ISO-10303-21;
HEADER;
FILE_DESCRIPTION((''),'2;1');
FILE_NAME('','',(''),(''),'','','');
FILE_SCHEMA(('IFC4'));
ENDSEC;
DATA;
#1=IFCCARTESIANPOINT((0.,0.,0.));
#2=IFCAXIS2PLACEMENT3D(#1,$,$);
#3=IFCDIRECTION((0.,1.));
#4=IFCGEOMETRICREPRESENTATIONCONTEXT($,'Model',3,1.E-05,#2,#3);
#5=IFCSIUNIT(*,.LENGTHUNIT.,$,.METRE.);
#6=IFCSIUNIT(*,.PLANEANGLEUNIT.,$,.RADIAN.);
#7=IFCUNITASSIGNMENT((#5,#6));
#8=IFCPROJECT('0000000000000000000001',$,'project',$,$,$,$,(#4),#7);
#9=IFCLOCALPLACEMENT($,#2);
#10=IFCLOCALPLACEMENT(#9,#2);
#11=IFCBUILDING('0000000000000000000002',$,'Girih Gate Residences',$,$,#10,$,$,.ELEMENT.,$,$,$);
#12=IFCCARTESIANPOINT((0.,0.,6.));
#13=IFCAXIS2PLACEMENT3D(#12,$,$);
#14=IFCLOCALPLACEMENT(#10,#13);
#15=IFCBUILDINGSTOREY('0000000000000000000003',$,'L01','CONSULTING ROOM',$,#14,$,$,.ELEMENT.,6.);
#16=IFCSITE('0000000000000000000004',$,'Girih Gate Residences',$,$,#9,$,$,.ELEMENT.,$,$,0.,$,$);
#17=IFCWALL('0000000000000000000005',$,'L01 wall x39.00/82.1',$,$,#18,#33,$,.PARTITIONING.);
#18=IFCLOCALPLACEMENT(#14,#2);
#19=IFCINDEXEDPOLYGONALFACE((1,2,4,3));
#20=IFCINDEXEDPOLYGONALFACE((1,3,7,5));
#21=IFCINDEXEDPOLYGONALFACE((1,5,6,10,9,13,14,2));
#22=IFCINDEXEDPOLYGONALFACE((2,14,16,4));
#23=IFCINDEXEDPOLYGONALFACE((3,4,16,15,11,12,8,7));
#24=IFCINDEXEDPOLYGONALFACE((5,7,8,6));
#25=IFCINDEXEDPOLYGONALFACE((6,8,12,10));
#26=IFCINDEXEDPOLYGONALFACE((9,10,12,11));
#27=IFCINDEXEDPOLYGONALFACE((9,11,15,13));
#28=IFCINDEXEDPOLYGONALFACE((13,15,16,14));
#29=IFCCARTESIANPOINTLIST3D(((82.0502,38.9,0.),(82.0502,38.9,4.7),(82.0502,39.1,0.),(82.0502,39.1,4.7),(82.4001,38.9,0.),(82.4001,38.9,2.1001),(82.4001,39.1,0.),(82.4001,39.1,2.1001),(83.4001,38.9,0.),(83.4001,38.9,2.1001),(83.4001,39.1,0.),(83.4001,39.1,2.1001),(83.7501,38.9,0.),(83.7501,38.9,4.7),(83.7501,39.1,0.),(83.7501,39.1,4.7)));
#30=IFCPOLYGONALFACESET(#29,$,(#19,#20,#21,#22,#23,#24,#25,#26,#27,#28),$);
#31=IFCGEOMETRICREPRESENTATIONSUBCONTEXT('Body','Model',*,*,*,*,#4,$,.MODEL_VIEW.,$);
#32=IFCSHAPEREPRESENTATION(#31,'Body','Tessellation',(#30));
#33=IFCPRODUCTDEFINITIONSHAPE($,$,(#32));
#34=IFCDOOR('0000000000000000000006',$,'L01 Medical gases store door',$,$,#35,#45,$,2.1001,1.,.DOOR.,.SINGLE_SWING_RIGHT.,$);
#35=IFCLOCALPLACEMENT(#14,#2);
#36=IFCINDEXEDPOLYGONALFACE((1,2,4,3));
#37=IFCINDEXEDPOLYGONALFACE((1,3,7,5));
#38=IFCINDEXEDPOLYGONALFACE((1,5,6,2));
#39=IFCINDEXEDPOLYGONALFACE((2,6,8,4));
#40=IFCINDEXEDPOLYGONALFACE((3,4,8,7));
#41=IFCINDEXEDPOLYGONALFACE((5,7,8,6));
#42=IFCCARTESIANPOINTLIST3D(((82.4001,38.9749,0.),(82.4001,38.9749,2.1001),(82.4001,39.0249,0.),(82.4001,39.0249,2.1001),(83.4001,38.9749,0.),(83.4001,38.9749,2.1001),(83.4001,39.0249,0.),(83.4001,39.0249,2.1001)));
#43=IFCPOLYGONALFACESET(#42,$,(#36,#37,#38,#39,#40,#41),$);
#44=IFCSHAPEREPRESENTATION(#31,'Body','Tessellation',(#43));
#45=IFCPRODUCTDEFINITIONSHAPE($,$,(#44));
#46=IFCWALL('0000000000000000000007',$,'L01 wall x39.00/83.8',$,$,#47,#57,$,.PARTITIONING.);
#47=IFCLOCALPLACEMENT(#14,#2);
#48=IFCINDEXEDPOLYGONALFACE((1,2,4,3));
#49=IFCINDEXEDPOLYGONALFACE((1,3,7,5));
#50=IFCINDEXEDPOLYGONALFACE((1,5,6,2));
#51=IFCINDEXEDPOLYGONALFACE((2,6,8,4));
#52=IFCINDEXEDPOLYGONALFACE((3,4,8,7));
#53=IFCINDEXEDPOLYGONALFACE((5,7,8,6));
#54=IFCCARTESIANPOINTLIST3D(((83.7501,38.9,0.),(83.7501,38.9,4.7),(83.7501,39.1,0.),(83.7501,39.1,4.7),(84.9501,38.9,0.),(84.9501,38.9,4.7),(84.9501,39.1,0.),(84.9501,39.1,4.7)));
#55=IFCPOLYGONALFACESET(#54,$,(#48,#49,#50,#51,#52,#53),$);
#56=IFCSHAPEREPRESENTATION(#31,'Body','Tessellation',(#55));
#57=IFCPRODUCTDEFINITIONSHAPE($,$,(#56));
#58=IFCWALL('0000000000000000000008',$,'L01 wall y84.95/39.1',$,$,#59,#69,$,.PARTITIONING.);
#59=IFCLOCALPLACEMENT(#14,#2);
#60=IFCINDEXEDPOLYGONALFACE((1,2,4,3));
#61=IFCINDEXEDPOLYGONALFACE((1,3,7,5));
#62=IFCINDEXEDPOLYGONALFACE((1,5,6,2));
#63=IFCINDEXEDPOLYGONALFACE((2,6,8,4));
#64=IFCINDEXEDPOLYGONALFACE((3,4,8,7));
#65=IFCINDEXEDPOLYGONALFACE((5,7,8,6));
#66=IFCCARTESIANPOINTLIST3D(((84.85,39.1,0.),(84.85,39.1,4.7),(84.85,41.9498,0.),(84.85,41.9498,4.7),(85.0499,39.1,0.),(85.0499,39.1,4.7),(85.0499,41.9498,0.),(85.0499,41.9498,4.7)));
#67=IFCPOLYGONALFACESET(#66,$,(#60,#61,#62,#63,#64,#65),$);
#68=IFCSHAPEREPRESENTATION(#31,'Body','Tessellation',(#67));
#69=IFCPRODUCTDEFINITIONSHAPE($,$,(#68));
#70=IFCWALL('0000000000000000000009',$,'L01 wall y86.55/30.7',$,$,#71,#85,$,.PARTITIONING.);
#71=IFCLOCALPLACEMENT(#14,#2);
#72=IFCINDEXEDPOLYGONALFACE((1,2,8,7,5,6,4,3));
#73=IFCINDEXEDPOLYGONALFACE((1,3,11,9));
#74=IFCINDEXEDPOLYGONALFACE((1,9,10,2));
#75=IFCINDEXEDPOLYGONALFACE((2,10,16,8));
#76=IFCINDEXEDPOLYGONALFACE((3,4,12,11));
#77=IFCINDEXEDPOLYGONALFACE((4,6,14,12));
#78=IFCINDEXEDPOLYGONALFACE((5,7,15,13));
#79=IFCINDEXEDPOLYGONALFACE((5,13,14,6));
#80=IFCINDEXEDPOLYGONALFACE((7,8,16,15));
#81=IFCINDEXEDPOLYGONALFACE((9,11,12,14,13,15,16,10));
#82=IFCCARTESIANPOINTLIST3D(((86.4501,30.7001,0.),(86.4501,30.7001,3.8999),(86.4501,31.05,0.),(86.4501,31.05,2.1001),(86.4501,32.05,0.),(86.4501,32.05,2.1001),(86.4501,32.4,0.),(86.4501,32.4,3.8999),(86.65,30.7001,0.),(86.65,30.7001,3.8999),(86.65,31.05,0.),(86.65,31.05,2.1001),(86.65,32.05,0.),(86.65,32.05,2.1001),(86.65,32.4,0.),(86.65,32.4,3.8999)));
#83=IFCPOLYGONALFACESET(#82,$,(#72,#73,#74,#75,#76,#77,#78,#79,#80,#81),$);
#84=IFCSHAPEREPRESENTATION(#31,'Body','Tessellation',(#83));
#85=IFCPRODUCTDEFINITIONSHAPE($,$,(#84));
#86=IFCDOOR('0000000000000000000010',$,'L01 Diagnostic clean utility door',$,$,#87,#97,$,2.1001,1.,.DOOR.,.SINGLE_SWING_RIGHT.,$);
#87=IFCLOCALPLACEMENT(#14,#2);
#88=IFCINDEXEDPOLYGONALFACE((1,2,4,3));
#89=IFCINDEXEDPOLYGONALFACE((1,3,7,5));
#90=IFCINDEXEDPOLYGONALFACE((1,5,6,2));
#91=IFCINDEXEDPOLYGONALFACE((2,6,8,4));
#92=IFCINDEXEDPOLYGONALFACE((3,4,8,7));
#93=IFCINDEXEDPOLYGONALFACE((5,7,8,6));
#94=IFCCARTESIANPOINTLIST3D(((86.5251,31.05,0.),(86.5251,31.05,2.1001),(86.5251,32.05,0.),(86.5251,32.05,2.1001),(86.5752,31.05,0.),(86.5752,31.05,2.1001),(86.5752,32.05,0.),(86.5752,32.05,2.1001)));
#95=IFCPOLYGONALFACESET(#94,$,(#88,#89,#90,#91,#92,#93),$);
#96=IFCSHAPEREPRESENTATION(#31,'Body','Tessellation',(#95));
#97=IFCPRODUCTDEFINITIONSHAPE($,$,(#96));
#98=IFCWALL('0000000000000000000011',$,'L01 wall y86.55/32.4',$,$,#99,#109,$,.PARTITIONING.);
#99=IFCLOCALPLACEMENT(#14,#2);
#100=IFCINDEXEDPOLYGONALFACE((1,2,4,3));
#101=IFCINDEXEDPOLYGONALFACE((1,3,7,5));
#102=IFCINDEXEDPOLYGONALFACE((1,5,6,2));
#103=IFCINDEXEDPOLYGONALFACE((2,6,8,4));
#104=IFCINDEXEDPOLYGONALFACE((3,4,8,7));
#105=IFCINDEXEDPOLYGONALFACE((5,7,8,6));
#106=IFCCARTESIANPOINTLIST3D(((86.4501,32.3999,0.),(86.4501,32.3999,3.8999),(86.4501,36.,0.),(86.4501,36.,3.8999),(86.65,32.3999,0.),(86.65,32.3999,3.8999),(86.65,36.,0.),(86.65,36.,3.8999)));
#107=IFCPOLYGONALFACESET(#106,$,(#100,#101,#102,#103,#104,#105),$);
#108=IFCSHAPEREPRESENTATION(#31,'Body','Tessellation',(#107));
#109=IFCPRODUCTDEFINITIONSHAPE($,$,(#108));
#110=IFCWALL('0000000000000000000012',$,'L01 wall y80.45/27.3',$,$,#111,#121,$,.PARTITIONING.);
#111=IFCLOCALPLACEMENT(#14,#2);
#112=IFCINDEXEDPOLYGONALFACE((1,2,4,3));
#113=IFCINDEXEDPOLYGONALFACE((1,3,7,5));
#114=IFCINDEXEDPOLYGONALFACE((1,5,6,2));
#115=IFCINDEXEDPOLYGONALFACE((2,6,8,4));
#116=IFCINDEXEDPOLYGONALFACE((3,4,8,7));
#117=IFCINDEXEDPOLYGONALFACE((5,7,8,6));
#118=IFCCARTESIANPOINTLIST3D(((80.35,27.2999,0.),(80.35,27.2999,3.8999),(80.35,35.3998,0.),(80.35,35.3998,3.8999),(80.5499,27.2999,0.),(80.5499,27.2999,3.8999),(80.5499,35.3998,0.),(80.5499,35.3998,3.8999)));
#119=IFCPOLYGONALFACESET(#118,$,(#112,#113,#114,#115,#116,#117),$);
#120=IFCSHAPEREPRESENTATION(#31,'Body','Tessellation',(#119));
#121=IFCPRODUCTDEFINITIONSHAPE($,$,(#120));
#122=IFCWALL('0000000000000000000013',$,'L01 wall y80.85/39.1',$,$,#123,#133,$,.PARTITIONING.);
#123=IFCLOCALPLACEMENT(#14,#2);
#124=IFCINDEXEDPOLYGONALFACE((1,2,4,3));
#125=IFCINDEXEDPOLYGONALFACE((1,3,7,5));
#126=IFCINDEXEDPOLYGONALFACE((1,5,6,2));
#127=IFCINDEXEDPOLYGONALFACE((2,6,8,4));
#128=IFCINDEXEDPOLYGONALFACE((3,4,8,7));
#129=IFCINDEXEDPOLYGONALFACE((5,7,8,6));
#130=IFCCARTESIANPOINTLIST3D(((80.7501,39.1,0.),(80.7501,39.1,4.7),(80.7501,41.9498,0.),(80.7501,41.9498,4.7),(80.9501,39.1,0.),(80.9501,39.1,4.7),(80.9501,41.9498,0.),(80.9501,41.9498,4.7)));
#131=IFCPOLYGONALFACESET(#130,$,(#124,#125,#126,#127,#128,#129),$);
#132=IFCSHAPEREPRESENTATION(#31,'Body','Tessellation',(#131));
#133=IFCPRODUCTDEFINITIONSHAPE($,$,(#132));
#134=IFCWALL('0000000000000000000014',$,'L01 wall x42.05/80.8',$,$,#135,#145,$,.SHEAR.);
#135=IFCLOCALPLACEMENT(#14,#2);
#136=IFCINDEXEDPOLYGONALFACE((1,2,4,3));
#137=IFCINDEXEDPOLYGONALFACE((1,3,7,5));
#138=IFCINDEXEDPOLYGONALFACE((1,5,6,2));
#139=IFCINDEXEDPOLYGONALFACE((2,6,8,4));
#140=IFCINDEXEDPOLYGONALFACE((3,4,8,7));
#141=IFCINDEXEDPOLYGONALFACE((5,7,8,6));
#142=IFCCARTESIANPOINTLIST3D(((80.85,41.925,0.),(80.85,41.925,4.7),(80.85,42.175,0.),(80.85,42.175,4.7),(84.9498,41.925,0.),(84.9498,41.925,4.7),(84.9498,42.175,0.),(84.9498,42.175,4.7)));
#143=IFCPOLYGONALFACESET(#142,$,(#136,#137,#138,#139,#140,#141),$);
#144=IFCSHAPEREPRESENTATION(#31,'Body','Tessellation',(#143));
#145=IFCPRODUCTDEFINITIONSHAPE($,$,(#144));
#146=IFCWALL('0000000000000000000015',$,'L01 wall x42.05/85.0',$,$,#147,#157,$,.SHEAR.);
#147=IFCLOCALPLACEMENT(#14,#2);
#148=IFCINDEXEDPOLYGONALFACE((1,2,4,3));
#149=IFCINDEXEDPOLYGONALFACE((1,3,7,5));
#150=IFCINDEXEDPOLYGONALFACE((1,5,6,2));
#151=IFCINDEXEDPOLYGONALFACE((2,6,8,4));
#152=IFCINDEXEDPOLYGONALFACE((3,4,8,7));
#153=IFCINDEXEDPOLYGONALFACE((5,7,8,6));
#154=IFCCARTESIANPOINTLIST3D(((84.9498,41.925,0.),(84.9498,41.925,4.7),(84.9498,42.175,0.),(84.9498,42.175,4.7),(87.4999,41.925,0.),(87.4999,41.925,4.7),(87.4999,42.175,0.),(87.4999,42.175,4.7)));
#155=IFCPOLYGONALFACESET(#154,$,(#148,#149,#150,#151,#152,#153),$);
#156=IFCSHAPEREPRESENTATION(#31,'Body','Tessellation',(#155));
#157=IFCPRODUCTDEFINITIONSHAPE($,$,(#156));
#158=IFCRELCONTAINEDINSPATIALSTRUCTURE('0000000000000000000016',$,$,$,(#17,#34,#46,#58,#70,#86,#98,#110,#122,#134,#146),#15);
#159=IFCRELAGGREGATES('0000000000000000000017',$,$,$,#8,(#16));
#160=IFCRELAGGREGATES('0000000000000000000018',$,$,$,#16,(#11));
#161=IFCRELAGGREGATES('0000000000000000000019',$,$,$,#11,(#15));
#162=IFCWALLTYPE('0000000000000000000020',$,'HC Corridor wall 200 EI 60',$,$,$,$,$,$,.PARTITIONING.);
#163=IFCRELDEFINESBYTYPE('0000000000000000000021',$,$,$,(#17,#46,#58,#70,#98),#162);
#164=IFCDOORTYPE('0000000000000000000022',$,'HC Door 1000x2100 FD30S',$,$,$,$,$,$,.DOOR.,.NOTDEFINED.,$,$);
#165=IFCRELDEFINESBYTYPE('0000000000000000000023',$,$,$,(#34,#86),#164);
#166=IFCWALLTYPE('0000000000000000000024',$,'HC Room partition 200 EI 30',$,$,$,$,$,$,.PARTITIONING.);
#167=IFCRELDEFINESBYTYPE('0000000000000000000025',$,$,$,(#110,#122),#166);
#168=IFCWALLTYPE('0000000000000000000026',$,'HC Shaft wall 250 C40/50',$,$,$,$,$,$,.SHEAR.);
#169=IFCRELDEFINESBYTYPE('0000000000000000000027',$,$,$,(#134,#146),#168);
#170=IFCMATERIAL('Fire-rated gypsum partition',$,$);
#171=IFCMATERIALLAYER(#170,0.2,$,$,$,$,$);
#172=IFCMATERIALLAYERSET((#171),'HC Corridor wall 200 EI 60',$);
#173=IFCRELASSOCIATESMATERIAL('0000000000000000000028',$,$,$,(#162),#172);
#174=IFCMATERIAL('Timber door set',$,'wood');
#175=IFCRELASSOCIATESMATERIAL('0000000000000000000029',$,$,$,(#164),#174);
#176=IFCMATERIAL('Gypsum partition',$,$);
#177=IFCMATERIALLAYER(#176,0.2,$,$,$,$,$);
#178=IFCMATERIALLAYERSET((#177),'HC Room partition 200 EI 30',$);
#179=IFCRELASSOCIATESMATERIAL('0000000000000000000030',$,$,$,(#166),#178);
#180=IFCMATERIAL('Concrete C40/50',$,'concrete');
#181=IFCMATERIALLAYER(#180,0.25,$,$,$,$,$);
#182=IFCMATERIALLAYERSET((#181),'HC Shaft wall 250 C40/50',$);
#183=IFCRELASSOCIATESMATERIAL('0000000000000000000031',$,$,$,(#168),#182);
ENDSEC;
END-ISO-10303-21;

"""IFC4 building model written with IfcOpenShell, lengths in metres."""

from ifc_helpers import new_model, si_unit, direction, frame, frame_2d, origin, place, context, subcontext, project, spatial, rectangle, extrude, material, layer, layer_set, type_object, element, fill, save


model = new_model("IFC4")

# Units and contexts
model_context = context("Model", 3, precision=1e-05, world=origin(), true_north=direction((0.0, 1.0)))
body_context = subcontext(model_context, "Body", "Model", "MODEL_VIEW")
ifc_project = project(units=[si_unit("LENGTHUNIT", "METRE"), si_unit("PLANEANGLEUNIT", "RADIAN")], contexts=[model_context])

# Site, building, storey
site_placement = place(None, origin())
site = spatial("IfcSite", under=ifc_project, at=site_placement, Name="Girih Gate Residences", CompositionType="ELEMENT", RefElevation=0.0)
building_placement = place(site_placement, origin())
building = spatial("IfcBuilding", under=site, at=building_placement, Name="Girih Gate Residences", CompositionType="ELEMENT")
storey_placement = place(building_placement, frame((0.0, 0.0, 6.0)))
storey = spatial("IfcBuildingStorey", under=building, at=storey_placement, Name="L01", Description="CONSULTING ROOM", CompositionType="ELEMENT", Elevation=6.0)

# Shared definitions
ifc_material_1 = material(Name="Concrete C40/50", Category="concrete")

# Shared definitions
ifc_material_2 = material(Name="Fire-rated gypsum partition")
ifc_layer_1 = layer(ifc_material_2, 0.2)
ifc_layer_set_1 = layer_set([ifc_layer_1], Name="HC Corridor wall 200 EI 60")
wall_type_1 = type_object("IfcWallType", Name="HC Corridor wall 200 EI 60", PredefinedType="PARTITIONING", material=ifc_layer_set_1)
ifc_material_3 = material(Name="Timber door set", Category="wood")
door_type_1 = type_object("IfcDoorType", Name="HC Door 1000x2100 FD30S", OperationType="NOTDEFINED", PredefinedType="DOOR", material=ifc_material_3)

# Wall, opening, door
wall_1_placement = place(storey_placement, frame((82.05, 39.0, 0.0), z_axis=(0.0, 0.0, 1.0), x_axis=(1.0, 0.0, 0.0)))
wall_1 = element("IfcWall", 1, at=wall_1_placement, inside=storey, type_object=wall_type_1, Name="L01 wall x39.00/82.1", PredefinedType="PARTITIONING", context=body_context, shape_type="SweptSolid", body=[
    extrude(rectangle(XDim=1.7, YDim=0.2, at=frame_2d((0.8501, 0.0))), origin(), (0.0, 0.0, 1.0), 4.7),
])
opening_1_placement = place(wall_1_placement, frame((0.3501, 0.0, 0.0)))
opening_1 = element("IfcOpeningElement", 2, at=opening_1_placement, cuts=wall_1, PredefinedType="OPENING", context=body_context, shape_type="SweptSolid", body=[
    extrude(rectangle(XDim=1.0, YDim=2.1001, at=frame_2d((0.5, 1.05))), frame((0.0, 0.1099, 0.0), z_axis=(0.0, -1.0, 0.0), x_axis=(1.0, 0.0, 0.0)), (0.0, 0.0, 1.0), 0.22),
])
door_1_placement = place(opening_1_placement, origin())
door_1 = element("IfcDoor", 3, at=door_1_placement, inside=storey, type_object=door_type_1, Name="L01 Medical gases store door", OperationType="SINGLE_SWING_RIGHT", OverallHeight=2.1001, OverallWidth=1.0, PredefinedType="DOOR", context=body_context, shape_type="SweptSolid", body=[
    extrude(rectangle(XDim=1.0, YDim=2.1001, at=frame_2d((0.5, 1.05))), frame((0.0, 0.0249, 0.0), z_axis=(0.0, -1.0, 0.0), x_axis=(1.0, 0.0, 0.0)), (0.0, 0.0, 1.0), 0.05),
])
fill(opening_1, door_1)

# Walls
wall_2_placement = place(storey_placement, frame((83.75, 39.0, 0.0), z_axis=(0.0, 0.0, 1.0), x_axis=(1.0, 0.0, 0.0)))
element("IfcWall", 4, at=wall_2_placement, inside=storey, type_object=wall_type_1, Name="L01 wall x39.00/83.8", PredefinedType="PARTITIONING", context=body_context, shape_type="SweptSolid", body=[
    extrude(rectangle(XDim=1.2, YDim=0.2, at=frame_2d((0.6001, 0.0))), origin(), (0.0, 0.0, 1.0), 4.7),
])
wall_3_placement = place(storey_placement, frame((84.95, 39.1001, 0.0), z_axis=(0.0, 0.0, 1.0), x_axis=(0.0, 1.0, 0.0)))
element("IfcWall", 5, at=wall_3_placement, inside=storey, type_object=wall_type_1, Name="L01 wall y84.95/39.1", PredefinedType="PARTITIONING", context=body_context, shape_type="SweptSolid", body=[
    extrude(rectangle(XDim=2.8499, YDim=0.2, at=frame_2d((1.4248, 0.0))), origin(), (0.0, 0.0, 1.0), 4.7),
])

# Wall, opening, door
wall_4_placement = place(storey_placement, frame((86.55, 30.7, 0.0), z_axis=(0.0, 0.0, 1.0), x_axis=(0.0, 1.0, 0.0)))
wall_4 = element("IfcWall", 6, at=wall_4_placement, inside=storey, type_object=wall_type_1, Name="L01 wall y86.55/30.7", PredefinedType="PARTITIONING", context=body_context, shape_type="SweptSolid", body=[
    extrude(rectangle(XDim=1.7, YDim=0.2, at=frame_2d((0.8501, 0.0))), origin(), (0.0, 0.0, 1.0), 3.8999),
])
opening_2_placement = place(wall_4_placement, frame((0.3501, 0.0, 0.0)))
opening_2 = element("IfcOpeningElement", 7, at=opening_2_placement, cuts=wall_4, PredefinedType="OPENING", context=body_context, shape_type="SweptSolid", body=[
    extrude(rectangle(XDim=1.0, YDim=2.1001, at=frame_2d((0.5, 1.05))), frame((0.0, 0.1099, 0.0), z_axis=(0.0, -1.0, 0.0), x_axis=(1.0, 0.0, 0.0)), (0.0, 0.0, 1.0), 0.22),
])
door_2_placement = place(opening_2_placement, origin())
door_2 = element("IfcDoor", 8, at=door_2_placement, inside=storey, type_object=door_type_1, Name="L01 Diagnostic clean utility door", OperationType="SINGLE_SWING_RIGHT", OverallHeight=2.1001, OverallWidth=1.0, PredefinedType="DOOR", context=body_context, shape_type="SweptSolid", body=[
    extrude(rectangle(XDim=1.0, YDim=2.1001, at=frame_2d((0.5, 1.05))), frame((0.0, 0.0249, 0.0), z_axis=(0.0, -1.0, 0.0), x_axis=(1.0, 0.0, 0.0)), (0.0, 0.0, 1.0), 0.05),
])
fill(opening_2, door_2)

# Walls
wall_5_placement = place(storey_placement, frame((86.55, 32.3999, 0.0), z_axis=(0.0, 0.0, 1.0), x_axis=(0.0, 1.0, 0.0)))
element("IfcWall", 9, at=wall_5_placement, inside=storey, type_object=wall_type_1, Name="L01 wall y86.55/32.4", PredefinedType="PARTITIONING", context=body_context, shape_type="SweptSolid", body=[
    extrude(rectangle(XDim=3.6001, YDim=0.2, at=frame_2d((1.8, 0.0))), origin(), (0.0, 0.0, 1.0), 3.8999),
])
ifc_material_4 = material(Name="Gypsum partition")
ifc_layer_2 = layer(ifc_material_4, 0.2)
ifc_layer_set_2 = layer_set([ifc_layer_2], Name="HC Room partition 200 EI 30")
wall_type_2 = type_object("IfcWallType", Name="HC Room partition 200 EI 30", PredefinedType="PARTITIONING", material=ifc_layer_set_2)
wall_6_placement = place(storey_placement, frame((80.45, 27.3, 0.0), z_axis=(0.0, 0.0, 1.0), x_axis=(0.0, 1.0, 0.0)))
element("IfcWall", 10, at=wall_6_placement, inside=storey, type_object=wall_type_2, Name="L01 wall y80.45/27.3", PredefinedType="PARTITIONING", context=body_context, shape_type="SweptSolid", body=[
    extrude(rectangle(XDim=8.0999, YDim=0.2, at=frame_2d((4.0498, 0.0))), origin(), (0.0, 0.0, 1.0), 3.8999),
])
wall_7_placement = place(storey_placement, frame((80.8501, 39.1001, 0.0), z_axis=(0.0, 0.0, 1.0), x_axis=(0.0, 1.0, 0.0)))
element("IfcWall", 11, at=wall_7_placement, inside=storey, type_object=wall_type_2, Name="L01 wall y80.85/39.1", PredefinedType="PARTITIONING", context=body_context, shape_type="SweptSolid", body=[
    extrude(rectangle(XDim=2.8499, YDim=0.2, at=frame_2d((1.4248, 0.0))), origin(), (0.0, 0.0, 1.0), 4.7),
])
ifc_layer_3 = layer(ifc_material_1, 0.25)
ifc_layer_set_3 = layer_set([ifc_layer_3], Name="HC Shaft wall 250 C40/50")
wall_type_3 = type_object("IfcWallType", Name="HC Shaft wall 250 C40/50", PredefinedType="SHEAR", material=ifc_layer_set_3)
wall_8_placement = place(storey_placement, frame((80.8501, 42.05, 0.0), z_axis=(0.0, 0.0, 1.0), x_axis=(1.0, 0.0, 0.0)))
element("IfcWall", 12, at=wall_8_placement, inside=storey, type_object=wall_type_3, Name="L01 wall x42.05/80.8", PredefinedType="SHEAR", context=body_context, shape_type="SweptSolid", body=[
    extrude(rectangle(XDim=4.0999, YDim=0.25, at=frame_2d((2.0498, 0.0))), origin(), (0.0, 0.0, 1.0), 4.7),
])
wall_9_placement = place(storey_placement, frame((84.95, 42.05, 0.0), z_axis=(0.0, 0.0, 1.0), x_axis=(1.0, 0.0, 0.0)))
element("IfcWall", 13, at=wall_9_placement, inside=storey, type_object=wall_type_3, Name="L01 wall x42.05/85.0", PredefinedType="SHEAR", context=body_context, shape_type="SweptSolid", body=[
    extrude(rectangle(XDim=2.55, YDim=0.25, at=frame_2d((1.2749, 0.0))), origin(), (0.0, 0.0, 1.0), 4.7),
])

save(model, "model.ifc")
